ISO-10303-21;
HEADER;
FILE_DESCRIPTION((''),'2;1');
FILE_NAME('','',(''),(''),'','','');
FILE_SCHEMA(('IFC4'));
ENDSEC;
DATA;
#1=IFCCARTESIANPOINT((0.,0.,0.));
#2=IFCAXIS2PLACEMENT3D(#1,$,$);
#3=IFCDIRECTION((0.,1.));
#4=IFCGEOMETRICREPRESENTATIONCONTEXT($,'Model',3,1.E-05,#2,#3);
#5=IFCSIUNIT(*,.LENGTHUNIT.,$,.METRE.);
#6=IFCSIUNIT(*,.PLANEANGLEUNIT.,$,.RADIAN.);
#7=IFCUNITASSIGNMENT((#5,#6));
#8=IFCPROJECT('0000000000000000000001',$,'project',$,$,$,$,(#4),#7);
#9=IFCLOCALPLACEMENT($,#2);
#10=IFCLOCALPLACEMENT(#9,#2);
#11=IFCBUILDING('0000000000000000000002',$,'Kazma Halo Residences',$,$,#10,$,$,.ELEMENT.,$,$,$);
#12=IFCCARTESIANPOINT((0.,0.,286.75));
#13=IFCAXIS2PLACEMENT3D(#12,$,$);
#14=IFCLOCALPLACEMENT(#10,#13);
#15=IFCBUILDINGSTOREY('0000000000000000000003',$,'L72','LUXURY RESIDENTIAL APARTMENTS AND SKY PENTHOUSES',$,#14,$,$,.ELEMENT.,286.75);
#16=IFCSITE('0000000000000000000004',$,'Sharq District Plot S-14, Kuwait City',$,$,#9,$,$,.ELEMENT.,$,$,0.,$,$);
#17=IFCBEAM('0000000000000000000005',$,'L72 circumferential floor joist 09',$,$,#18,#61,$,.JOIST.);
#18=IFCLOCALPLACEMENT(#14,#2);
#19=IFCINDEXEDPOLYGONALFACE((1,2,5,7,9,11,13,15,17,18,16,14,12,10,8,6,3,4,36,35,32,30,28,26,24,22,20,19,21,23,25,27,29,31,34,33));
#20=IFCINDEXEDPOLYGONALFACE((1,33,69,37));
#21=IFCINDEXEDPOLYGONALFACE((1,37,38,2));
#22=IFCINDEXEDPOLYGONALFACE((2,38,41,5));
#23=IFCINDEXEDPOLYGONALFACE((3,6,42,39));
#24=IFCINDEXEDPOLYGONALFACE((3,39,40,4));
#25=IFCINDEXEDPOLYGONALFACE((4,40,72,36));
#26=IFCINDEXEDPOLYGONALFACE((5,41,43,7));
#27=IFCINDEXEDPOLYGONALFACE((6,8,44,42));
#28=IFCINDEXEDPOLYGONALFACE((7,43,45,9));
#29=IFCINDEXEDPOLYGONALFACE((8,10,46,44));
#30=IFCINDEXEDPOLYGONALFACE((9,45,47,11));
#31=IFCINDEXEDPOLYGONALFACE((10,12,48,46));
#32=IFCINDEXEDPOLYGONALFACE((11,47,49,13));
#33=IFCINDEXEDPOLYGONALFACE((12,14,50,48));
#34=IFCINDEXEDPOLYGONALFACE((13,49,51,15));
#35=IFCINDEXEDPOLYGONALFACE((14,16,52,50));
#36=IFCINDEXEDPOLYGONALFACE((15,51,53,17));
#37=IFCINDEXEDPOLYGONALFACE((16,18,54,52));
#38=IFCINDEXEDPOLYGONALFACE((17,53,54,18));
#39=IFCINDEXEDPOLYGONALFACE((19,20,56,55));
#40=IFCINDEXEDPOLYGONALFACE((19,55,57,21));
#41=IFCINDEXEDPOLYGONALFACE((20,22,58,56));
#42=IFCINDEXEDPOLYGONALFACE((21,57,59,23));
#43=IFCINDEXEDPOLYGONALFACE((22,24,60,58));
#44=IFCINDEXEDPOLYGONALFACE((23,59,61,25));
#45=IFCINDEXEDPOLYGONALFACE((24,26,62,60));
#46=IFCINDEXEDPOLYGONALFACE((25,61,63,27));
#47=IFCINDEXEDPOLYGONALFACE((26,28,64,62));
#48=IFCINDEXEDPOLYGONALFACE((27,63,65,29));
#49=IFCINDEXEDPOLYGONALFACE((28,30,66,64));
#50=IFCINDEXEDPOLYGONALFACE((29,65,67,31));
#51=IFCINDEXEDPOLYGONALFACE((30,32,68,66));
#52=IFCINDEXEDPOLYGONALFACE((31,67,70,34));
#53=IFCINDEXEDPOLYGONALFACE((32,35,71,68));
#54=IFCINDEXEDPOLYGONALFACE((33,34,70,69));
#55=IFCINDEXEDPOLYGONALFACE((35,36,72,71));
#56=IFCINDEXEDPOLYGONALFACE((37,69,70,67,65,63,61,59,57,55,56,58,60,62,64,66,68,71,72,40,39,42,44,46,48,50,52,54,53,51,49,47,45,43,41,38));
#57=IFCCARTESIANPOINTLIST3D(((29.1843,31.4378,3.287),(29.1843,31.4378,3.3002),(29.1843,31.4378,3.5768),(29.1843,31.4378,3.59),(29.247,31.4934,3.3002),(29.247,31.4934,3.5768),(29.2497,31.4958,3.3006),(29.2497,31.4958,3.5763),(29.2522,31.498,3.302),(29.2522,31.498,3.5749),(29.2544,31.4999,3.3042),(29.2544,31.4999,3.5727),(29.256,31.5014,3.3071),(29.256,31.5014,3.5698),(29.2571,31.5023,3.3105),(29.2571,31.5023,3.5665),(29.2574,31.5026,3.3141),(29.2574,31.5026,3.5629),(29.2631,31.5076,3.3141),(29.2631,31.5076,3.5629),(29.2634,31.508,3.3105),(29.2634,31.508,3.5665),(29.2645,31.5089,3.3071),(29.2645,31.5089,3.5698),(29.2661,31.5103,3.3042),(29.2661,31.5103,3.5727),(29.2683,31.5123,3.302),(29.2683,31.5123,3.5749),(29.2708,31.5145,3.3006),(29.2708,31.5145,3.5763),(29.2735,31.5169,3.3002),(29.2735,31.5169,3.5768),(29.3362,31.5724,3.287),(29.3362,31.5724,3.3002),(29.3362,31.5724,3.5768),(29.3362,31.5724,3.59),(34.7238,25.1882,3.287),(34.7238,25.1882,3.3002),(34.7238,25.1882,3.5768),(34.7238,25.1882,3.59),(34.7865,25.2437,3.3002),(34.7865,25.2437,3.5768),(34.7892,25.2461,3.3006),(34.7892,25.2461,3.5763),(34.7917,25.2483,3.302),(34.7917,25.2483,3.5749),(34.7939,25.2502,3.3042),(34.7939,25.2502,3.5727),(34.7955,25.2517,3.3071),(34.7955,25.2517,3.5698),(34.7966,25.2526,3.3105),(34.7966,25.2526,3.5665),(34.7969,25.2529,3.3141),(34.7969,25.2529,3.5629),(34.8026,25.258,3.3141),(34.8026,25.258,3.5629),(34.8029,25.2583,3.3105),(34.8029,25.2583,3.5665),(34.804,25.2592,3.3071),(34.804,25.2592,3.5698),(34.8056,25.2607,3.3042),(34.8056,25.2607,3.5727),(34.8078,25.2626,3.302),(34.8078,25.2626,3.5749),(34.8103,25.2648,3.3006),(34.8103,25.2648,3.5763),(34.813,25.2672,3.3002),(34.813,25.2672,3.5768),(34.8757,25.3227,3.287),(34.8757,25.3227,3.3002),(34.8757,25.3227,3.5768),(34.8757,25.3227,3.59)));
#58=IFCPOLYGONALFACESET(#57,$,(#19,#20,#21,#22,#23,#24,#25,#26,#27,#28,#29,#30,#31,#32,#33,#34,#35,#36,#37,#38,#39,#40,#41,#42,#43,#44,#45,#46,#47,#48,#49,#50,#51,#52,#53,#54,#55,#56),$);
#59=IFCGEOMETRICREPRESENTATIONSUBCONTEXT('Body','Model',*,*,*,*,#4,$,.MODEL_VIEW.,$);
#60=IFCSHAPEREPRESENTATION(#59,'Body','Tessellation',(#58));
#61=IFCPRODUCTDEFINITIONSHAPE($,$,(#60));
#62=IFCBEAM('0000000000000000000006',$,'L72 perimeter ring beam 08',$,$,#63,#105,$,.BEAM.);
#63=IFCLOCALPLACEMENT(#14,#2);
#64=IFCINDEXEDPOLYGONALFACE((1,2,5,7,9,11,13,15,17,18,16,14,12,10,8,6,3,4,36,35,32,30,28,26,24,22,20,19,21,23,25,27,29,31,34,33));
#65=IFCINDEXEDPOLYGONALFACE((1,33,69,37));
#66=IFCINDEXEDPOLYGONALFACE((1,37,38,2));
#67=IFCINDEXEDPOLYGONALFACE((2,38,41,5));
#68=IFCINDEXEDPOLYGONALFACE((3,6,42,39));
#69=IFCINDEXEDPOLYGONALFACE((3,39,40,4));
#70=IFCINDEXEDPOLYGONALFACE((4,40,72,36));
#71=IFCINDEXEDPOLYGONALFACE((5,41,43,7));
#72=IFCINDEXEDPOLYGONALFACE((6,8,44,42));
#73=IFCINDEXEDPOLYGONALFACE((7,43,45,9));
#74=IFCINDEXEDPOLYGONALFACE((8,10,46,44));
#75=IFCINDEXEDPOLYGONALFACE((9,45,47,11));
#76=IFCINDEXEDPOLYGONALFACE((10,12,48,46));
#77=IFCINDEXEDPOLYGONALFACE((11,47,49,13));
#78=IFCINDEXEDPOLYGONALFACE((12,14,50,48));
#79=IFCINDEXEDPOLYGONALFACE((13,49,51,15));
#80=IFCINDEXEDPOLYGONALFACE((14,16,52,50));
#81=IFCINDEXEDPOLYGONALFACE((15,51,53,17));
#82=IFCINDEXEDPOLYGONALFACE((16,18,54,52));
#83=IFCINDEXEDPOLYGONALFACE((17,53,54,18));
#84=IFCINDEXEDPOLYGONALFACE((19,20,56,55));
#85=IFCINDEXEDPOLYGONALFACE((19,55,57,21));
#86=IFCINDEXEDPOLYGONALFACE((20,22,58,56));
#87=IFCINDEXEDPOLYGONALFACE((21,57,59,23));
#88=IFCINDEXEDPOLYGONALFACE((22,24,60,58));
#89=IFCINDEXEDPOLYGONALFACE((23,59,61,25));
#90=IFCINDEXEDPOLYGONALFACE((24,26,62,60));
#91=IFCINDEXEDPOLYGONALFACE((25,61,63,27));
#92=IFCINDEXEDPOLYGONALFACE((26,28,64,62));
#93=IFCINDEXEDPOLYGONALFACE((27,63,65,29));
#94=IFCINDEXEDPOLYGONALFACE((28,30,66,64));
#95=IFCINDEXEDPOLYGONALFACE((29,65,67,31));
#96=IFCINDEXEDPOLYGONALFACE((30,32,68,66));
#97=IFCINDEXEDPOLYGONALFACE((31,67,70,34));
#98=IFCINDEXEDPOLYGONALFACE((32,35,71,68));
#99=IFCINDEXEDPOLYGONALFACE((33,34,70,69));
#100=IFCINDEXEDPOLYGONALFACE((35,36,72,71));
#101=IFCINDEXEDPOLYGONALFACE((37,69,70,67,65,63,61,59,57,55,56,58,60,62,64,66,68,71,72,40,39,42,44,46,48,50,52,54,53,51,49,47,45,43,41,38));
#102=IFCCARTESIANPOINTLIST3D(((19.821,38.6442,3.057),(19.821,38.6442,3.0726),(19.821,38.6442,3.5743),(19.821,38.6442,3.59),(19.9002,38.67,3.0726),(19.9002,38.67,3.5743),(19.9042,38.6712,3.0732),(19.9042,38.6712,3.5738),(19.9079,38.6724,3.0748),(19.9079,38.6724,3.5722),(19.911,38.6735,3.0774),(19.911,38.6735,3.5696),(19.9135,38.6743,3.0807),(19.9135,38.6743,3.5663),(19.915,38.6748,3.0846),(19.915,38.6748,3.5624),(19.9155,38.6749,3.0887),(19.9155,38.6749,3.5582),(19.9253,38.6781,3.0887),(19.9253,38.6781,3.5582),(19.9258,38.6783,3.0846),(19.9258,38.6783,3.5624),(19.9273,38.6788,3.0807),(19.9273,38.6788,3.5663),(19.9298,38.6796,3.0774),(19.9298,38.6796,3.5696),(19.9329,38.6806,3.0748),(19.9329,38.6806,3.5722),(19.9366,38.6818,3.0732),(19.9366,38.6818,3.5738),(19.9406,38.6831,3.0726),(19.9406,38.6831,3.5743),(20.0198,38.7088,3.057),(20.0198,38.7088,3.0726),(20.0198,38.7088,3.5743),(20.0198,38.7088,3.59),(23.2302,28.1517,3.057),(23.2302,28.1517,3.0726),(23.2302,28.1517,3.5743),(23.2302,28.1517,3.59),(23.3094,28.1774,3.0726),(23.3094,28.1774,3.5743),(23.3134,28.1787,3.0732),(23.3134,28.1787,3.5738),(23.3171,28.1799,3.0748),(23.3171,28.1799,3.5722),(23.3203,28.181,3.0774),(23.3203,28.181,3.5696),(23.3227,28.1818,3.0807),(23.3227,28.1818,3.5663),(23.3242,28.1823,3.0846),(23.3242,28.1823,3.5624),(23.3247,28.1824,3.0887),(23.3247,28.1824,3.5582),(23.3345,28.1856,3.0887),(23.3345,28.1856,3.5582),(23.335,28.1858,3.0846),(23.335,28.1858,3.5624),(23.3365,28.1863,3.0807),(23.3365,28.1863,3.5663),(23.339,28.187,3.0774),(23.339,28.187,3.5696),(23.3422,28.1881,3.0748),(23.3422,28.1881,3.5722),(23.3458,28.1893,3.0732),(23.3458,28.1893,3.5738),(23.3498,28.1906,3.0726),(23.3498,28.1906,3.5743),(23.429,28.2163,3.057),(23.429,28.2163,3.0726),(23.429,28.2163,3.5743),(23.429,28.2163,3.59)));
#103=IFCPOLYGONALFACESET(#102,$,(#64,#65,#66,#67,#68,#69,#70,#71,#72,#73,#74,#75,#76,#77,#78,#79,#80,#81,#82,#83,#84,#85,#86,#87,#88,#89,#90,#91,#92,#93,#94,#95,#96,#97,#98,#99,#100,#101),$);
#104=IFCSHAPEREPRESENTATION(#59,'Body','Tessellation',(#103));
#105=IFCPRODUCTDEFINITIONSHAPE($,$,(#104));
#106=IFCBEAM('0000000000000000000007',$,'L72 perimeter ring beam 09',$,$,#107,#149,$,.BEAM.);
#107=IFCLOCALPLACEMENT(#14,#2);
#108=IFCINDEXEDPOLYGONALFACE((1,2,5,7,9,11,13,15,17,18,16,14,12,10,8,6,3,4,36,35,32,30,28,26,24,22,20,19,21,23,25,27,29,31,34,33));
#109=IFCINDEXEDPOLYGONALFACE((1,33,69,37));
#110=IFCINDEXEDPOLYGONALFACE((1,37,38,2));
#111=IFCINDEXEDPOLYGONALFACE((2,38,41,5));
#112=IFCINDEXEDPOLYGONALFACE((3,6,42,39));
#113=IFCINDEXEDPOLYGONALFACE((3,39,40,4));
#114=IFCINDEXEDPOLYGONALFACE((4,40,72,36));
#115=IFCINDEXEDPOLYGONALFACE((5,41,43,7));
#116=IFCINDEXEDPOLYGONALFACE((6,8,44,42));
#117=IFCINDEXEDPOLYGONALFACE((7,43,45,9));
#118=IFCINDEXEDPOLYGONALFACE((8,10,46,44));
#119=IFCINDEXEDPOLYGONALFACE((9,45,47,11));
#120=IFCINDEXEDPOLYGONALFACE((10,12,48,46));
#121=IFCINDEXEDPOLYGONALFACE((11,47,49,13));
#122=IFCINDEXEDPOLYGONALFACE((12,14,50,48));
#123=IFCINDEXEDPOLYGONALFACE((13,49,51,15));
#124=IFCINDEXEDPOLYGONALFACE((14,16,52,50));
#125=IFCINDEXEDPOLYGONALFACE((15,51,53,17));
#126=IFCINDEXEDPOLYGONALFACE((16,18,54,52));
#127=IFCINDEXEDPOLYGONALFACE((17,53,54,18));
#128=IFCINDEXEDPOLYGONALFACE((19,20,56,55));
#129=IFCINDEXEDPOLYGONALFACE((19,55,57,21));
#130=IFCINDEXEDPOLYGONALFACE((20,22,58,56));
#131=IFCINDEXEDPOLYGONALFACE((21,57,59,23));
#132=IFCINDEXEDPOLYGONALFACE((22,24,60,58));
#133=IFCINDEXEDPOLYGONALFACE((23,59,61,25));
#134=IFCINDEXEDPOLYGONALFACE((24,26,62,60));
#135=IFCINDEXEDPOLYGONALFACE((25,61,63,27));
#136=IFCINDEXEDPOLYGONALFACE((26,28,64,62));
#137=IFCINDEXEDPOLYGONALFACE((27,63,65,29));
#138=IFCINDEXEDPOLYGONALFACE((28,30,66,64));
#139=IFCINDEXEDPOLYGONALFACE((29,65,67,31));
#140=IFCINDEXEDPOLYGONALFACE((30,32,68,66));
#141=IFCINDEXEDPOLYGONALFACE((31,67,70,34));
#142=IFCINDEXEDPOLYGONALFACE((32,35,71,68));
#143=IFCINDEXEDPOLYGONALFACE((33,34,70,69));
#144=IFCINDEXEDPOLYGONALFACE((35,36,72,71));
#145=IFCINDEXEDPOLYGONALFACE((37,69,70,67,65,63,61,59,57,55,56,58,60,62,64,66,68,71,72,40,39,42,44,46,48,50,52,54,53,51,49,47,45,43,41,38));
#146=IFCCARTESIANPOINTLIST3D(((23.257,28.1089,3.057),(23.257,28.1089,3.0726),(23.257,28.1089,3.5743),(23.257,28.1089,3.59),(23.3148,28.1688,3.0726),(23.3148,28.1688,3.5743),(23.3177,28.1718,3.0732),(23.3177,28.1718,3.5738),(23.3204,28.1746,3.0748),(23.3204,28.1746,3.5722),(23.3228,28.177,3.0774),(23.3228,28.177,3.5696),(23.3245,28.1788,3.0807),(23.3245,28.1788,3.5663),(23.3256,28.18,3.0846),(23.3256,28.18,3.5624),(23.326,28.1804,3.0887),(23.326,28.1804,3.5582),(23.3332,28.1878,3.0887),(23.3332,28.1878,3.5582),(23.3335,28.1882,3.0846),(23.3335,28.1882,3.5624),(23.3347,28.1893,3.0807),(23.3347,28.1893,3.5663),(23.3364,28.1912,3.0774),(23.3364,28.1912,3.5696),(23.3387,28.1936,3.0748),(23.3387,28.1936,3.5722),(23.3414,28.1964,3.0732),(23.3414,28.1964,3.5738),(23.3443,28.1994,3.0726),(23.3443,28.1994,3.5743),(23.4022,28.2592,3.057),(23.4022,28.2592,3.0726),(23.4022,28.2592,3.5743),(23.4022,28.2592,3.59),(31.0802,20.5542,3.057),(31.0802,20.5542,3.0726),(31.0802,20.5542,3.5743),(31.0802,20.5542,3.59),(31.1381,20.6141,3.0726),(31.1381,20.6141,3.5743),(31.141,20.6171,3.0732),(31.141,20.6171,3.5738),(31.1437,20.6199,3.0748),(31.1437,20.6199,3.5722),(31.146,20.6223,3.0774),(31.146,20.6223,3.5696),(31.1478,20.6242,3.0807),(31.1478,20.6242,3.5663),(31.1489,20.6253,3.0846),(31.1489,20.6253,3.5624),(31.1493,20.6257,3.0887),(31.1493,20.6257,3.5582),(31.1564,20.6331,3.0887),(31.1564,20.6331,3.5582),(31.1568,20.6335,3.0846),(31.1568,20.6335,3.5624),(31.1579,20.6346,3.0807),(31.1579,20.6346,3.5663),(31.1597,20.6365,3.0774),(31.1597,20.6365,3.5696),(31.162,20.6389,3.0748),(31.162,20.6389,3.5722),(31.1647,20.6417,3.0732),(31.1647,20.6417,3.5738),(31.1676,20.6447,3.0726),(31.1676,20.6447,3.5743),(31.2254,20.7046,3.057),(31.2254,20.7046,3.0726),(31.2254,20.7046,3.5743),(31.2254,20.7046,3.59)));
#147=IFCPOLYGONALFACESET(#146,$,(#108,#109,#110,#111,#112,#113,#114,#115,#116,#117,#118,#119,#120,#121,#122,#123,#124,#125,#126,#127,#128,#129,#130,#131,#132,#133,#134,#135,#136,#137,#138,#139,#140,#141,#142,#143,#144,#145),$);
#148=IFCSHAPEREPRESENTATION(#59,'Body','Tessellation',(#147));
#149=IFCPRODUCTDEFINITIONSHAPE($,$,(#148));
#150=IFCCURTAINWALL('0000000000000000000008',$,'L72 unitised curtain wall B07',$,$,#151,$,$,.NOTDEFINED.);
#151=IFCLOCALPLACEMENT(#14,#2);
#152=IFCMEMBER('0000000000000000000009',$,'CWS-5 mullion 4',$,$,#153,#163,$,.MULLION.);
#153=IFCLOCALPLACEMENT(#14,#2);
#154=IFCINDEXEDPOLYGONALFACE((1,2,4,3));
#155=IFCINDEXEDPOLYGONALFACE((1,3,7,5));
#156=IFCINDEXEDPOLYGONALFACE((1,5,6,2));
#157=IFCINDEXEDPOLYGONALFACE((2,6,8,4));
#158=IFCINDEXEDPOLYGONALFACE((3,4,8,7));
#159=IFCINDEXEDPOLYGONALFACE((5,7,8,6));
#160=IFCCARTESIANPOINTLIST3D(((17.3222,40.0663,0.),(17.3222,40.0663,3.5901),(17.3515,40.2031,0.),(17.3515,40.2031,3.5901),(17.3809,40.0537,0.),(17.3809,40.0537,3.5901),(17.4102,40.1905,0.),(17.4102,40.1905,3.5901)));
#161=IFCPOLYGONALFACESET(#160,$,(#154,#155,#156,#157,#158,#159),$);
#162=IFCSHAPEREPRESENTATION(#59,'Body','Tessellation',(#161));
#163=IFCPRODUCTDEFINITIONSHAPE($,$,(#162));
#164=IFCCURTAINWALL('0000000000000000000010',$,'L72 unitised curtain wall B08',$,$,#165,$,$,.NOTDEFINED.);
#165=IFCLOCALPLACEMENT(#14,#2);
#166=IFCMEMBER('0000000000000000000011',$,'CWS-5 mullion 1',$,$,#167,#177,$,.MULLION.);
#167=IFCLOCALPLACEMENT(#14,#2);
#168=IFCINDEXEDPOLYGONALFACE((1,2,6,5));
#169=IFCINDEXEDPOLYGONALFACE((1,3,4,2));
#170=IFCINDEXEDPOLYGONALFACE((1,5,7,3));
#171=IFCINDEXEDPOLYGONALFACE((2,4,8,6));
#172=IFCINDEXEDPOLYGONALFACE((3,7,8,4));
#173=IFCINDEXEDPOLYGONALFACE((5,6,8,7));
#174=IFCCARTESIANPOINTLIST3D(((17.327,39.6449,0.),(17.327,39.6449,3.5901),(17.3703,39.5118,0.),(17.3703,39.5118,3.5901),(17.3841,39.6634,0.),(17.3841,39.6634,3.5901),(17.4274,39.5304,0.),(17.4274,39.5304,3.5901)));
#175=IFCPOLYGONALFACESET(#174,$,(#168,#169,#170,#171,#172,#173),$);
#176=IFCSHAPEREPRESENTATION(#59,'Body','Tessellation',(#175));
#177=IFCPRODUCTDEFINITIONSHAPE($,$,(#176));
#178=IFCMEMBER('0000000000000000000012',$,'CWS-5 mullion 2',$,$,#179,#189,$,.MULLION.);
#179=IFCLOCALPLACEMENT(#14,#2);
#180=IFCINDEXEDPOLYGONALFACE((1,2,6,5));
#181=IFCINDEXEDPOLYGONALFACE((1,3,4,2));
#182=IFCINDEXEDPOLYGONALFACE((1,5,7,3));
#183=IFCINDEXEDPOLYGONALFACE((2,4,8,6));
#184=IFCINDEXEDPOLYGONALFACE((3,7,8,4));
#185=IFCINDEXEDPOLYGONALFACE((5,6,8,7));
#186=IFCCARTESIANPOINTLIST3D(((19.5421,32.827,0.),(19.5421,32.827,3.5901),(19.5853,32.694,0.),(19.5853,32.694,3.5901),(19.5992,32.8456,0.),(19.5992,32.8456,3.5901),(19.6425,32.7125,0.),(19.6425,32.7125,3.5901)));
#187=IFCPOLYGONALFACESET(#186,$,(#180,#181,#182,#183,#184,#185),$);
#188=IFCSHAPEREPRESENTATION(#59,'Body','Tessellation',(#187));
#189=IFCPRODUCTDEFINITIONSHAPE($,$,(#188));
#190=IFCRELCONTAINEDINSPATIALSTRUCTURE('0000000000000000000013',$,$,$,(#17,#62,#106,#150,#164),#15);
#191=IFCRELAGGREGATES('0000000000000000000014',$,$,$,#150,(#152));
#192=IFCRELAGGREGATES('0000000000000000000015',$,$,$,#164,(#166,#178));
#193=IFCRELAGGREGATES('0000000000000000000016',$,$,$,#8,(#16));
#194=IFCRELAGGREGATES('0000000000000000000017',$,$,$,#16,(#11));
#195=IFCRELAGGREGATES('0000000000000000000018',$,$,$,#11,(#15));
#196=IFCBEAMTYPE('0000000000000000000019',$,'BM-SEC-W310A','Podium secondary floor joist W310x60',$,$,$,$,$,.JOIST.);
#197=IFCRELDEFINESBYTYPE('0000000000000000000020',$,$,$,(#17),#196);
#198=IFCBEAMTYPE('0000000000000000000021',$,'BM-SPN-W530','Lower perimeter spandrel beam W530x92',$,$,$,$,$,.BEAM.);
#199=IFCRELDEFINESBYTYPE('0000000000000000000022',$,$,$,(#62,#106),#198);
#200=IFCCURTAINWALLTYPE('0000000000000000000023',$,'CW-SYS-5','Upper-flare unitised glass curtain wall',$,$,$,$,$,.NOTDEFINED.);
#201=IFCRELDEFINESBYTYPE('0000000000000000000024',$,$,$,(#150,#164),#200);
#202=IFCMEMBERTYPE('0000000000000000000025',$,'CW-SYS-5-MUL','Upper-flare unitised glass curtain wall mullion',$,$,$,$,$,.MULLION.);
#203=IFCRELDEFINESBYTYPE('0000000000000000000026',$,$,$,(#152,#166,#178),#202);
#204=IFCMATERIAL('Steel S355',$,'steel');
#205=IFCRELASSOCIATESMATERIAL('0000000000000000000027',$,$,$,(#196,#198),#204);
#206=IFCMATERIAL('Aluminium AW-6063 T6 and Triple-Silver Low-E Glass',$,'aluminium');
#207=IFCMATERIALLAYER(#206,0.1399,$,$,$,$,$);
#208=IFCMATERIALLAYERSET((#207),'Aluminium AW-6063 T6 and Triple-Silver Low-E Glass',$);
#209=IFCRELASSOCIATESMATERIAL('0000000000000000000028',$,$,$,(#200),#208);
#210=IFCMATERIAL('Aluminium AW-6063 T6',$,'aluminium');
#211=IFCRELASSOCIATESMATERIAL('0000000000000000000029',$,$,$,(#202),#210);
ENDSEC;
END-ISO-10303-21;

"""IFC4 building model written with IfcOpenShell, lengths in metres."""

from ifc_helpers import new_model, si_unit, direction, frame, origin, origin_2d, place, context, subcontext, project, spatial, rectangle, i_section, extrude, material, layer, layer_set, material_profile, profile_set, type_object, element, aggregate, save


model = new_model("IFC4")

# Units and contexts
model_context = context("Model", 3, precision=1e-05, world=origin(), true_north=direction((0.0, 1.0)))
body_context = subcontext(model_context, "Body", "Model", "MODEL_VIEW")
ifc_project = project(units=[si_unit("LENGTHUNIT", "METRE"), si_unit("PLANEANGLEUNIT", "RADIAN")], contexts=[model_context])

# Site, building, storey
site_placement = place(None, origin())
site = spatial("IfcSite", under=ifc_project, at=site_placement, Name="Sharq District Plot S-14, Kuwait City", CompositionType="ELEMENT", RefElevation=0.0)
building_placement = place(site_placement, origin())
building = spatial("IfcBuilding", under=site, at=building_placement, Name="Kazma Halo Residences", CompositionType="ELEMENT")
storey_placement = place(building_placement, frame((0.0, 0.0, 286.75)))
storey = spatial("IfcBuildingStorey", under=building, at=storey_placement, Name="L72", Description="LUXURY RESIDENTIAL APARTMENTS AND SKY PENTHOUSES", CompositionType="ELEMENT", Elevation=286.75)

# Beams
ifc_material_1 = material(Name="Steel S355", Category="steel")
ifc_material_profile_1 = material_profile(ifc_material_1, i_section(OverallWidth=0.2029, OverallDepth=0.303, WebThickness=0.0076, FlangeThickness=0.0132, FilletRadius=0.0139, at=origin_2d()), Name="W310x60")
ifc_profile_set_1 = profile_set([ifc_material_profile_1], Name="Steel S355")
beam_type_1 = type_object("IfcBeamType", Name="BM-SEC-W310A", Description="Podium secondary floor joist W310x60", PredefinedType="JOIST", material=ifc_profile_set_1)
beam_1_placement = place(storey_placement, frame((29.2603, 31.5051, 3.4385), z_axis=(0.663307, -0.748347, 0.0), x_axis=(0.748347, 0.663307, 0.0)))
element("IfcBeam", 1, at=beam_1_placement, inside=storey, type_object=beam_type_1, Name="L72 circumferential floor joist 09", PredefinedType="JOIST", context=body_context, shape_type="SweptSolid", body=[
    extrude(i_section(OverallWidth=0.2029, OverallDepth=0.303, WebThickness=0.0076, FlangeThickness=0.0132, FilletRadius=0.0139, at=origin_2d()), origin(), (0.0, 0.0, 1.0), 8.3513),
])
ifc_material_profile_2 = material_profile(ifc_material_1, i_section(OverallWidth=0.209, OverallDepth=0.533, WebThickness=0.0103, FlangeThickness=0.0156, FilletRadius=0.0161, at=origin_2d()), Name="W530x92")
ifc_profile_set_2 = profile_set([ifc_material_profile_2], Name="Steel S355")
beam_type_2 = type_object("IfcBeamType", Name="BM-SPN-W530", Description="Lower perimeter spandrel beam W530x92", PredefinedType="BEAM", material=ifc_profile_set_2)
beam_2_placement = place(storey_placement, frame((19.9204, 38.6765, 3.3235), z_axis=(0.309016, -0.951057, 0.0), x_axis=(0.951057, 0.309016, 0.0)))
element("IfcBeam", 2, at=beam_2_placement, inside=storey, type_object=beam_type_2, Name="L72 perimeter ring beam 08", PredefinedType="BEAM", context=body_context, shape_type="SweptSolid", body=[
    extrude(i_section(OverallWidth=0.209, OverallDepth=0.533, WebThickness=0.0103, FlangeThickness=0.0156, FilletRadius=0.0161, at=origin_2d()), origin(), (0.0, 0.0, 1.0), 11.0325),
])
beam_3_placement = place(storey_placement, frame((23.3296, 28.1841, 3.3235), z_axis=(0.719346, -0.694652, 0.0), x_axis=(0.694652, 0.719346, 0.0)))
element("IfcBeam", 3, at=beam_3_placement, inside=storey, type_object=beam_type_2, Name="L72 perimeter ring beam 09", PredefinedType="BEAM", context=body_context, shape_type="SweptSolid", body=[
    extrude(i_section(OverallWidth=0.209, OverallDepth=0.533, WebThickness=0.0103, FlangeThickness=0.0156, FilletRadius=0.0161, at=origin_2d()), origin(), (0.0, 0.0, 1.0), 10.8755),
])

# Curtain wall, member
ifc_material_2 = material(Name="Aluminium AW-6063 T6 and Triple-Silver Low-E Glass", Category="aluminium")
ifc_layer_1 = layer(ifc_material_2, 0.1399)
ifc_layer_set_1 = layer_set([ifc_layer_1], Name="Aluminium AW-6063 T6 and Triple-Silver Low-E Glass")
curtain_wall_type = type_object("IfcCurtainWallType", Name="CW-SYS-5", Description="Upper-flare unitised glass curtain wall", PredefinedType="NOTDEFINED", material=ifc_layer_set_1)
curtain_wall_1_placement = place(storey_placement, origin())
curtain_wall_1 = element("IfcCurtainWall", 4, at=curtain_wall_1_placement, inside=storey, type_object=curtain_wall_type, Name="L72 unitised curtain wall B07", PredefinedType="NOTDEFINED")
ifc_material_3 = material(Name="Aluminium AW-6063 T6", Category="aluminium")
ifc_material_profile_3 = material_profile(ifc_material_3, rectangle(XDim=0.0601, YDim=0.1399, at=origin_2d()), Name="CWM-60x140")
ifc_profile_set_3 = profile_set([ifc_material_profile_3], Name="Aluminium AW-6063 T6")
member_type_1 = type_object("IfcMemberType", Name="CW-SYS-5-MUL", Description="Upper-flare unitised glass curtain wall mullion", PredefinedType="MULLION", material=ifc_profile_set_3)
member_1_placement = place(storey_placement, frame((17.3662, 40.1284, 0.0), z_axis=(0.0, 0.0, 1.0), x_axis=(0.977775, -0.209657, 0.0)))
member_1 = element("IfcMember", 5, at=member_1_placement, type_object=member_type_1, Name="CWS-5 mullion 4", PredefinedType="MULLION", context=body_context, shape_type="SweptSolid", body=[
    extrude(rectangle(XDim=0.0601, YDim=0.1399, at=origin_2d()), origin(), (0.0, 0.0, 1.0), 3.5901),
])
aggregate(curtain_wall_1, [member_1])

# Curtain wall, members
curtain_wall_2_placement = place(storey_placement, origin())
curtain_wall_2 = element("IfcCurtainWall", 6, at=curtain_wall_2_placement, inside=storey, type_object=curtain_wall_type, Name="L72 unitised curtain wall B08", PredefinedType="NOTDEFINED")
member_2_placement = place(storey_placement, frame((17.3772, 39.5876, 0.0), z_axis=(0.0, 0.0, 1.0), x_axis=(0.951058, 0.309011, 0.0)))
member_2 = element("IfcMember", 7, at=member_2_placement, type_object=member_type_1, Name="CWS-5 mullion 1", PredefinedType="MULLION", context=body_context, shape_type="SweptSolid", body=[
    extrude(rectangle(XDim=0.0601, YDim=0.1399, at=origin_2d()), origin(), (0.0, 0.0, 1.0), 3.5901),
])
member_3_placement = place(storey_placement, frame((19.5923, 32.7698, 0.0), z_axis=(0.0, 0.0, 1.0), x_axis=(0.951058, 0.309011, 0.0)))
member_3 = element("IfcMember", 8, at=member_3_placement, type_object=member_type_1, Name="CWS-5 mullion 2", PredefinedType="MULLION", context=body_context, shape_type="SweptSolid", body=[
    extrude(rectangle(XDim=0.0601, YDim=0.1399, at=origin_2d()), origin(), (0.0, 0.0, 1.0), 3.5901),
])
aggregate(curtain_wall_2, [member_2, member_3])

save(model, "model.ifc")
